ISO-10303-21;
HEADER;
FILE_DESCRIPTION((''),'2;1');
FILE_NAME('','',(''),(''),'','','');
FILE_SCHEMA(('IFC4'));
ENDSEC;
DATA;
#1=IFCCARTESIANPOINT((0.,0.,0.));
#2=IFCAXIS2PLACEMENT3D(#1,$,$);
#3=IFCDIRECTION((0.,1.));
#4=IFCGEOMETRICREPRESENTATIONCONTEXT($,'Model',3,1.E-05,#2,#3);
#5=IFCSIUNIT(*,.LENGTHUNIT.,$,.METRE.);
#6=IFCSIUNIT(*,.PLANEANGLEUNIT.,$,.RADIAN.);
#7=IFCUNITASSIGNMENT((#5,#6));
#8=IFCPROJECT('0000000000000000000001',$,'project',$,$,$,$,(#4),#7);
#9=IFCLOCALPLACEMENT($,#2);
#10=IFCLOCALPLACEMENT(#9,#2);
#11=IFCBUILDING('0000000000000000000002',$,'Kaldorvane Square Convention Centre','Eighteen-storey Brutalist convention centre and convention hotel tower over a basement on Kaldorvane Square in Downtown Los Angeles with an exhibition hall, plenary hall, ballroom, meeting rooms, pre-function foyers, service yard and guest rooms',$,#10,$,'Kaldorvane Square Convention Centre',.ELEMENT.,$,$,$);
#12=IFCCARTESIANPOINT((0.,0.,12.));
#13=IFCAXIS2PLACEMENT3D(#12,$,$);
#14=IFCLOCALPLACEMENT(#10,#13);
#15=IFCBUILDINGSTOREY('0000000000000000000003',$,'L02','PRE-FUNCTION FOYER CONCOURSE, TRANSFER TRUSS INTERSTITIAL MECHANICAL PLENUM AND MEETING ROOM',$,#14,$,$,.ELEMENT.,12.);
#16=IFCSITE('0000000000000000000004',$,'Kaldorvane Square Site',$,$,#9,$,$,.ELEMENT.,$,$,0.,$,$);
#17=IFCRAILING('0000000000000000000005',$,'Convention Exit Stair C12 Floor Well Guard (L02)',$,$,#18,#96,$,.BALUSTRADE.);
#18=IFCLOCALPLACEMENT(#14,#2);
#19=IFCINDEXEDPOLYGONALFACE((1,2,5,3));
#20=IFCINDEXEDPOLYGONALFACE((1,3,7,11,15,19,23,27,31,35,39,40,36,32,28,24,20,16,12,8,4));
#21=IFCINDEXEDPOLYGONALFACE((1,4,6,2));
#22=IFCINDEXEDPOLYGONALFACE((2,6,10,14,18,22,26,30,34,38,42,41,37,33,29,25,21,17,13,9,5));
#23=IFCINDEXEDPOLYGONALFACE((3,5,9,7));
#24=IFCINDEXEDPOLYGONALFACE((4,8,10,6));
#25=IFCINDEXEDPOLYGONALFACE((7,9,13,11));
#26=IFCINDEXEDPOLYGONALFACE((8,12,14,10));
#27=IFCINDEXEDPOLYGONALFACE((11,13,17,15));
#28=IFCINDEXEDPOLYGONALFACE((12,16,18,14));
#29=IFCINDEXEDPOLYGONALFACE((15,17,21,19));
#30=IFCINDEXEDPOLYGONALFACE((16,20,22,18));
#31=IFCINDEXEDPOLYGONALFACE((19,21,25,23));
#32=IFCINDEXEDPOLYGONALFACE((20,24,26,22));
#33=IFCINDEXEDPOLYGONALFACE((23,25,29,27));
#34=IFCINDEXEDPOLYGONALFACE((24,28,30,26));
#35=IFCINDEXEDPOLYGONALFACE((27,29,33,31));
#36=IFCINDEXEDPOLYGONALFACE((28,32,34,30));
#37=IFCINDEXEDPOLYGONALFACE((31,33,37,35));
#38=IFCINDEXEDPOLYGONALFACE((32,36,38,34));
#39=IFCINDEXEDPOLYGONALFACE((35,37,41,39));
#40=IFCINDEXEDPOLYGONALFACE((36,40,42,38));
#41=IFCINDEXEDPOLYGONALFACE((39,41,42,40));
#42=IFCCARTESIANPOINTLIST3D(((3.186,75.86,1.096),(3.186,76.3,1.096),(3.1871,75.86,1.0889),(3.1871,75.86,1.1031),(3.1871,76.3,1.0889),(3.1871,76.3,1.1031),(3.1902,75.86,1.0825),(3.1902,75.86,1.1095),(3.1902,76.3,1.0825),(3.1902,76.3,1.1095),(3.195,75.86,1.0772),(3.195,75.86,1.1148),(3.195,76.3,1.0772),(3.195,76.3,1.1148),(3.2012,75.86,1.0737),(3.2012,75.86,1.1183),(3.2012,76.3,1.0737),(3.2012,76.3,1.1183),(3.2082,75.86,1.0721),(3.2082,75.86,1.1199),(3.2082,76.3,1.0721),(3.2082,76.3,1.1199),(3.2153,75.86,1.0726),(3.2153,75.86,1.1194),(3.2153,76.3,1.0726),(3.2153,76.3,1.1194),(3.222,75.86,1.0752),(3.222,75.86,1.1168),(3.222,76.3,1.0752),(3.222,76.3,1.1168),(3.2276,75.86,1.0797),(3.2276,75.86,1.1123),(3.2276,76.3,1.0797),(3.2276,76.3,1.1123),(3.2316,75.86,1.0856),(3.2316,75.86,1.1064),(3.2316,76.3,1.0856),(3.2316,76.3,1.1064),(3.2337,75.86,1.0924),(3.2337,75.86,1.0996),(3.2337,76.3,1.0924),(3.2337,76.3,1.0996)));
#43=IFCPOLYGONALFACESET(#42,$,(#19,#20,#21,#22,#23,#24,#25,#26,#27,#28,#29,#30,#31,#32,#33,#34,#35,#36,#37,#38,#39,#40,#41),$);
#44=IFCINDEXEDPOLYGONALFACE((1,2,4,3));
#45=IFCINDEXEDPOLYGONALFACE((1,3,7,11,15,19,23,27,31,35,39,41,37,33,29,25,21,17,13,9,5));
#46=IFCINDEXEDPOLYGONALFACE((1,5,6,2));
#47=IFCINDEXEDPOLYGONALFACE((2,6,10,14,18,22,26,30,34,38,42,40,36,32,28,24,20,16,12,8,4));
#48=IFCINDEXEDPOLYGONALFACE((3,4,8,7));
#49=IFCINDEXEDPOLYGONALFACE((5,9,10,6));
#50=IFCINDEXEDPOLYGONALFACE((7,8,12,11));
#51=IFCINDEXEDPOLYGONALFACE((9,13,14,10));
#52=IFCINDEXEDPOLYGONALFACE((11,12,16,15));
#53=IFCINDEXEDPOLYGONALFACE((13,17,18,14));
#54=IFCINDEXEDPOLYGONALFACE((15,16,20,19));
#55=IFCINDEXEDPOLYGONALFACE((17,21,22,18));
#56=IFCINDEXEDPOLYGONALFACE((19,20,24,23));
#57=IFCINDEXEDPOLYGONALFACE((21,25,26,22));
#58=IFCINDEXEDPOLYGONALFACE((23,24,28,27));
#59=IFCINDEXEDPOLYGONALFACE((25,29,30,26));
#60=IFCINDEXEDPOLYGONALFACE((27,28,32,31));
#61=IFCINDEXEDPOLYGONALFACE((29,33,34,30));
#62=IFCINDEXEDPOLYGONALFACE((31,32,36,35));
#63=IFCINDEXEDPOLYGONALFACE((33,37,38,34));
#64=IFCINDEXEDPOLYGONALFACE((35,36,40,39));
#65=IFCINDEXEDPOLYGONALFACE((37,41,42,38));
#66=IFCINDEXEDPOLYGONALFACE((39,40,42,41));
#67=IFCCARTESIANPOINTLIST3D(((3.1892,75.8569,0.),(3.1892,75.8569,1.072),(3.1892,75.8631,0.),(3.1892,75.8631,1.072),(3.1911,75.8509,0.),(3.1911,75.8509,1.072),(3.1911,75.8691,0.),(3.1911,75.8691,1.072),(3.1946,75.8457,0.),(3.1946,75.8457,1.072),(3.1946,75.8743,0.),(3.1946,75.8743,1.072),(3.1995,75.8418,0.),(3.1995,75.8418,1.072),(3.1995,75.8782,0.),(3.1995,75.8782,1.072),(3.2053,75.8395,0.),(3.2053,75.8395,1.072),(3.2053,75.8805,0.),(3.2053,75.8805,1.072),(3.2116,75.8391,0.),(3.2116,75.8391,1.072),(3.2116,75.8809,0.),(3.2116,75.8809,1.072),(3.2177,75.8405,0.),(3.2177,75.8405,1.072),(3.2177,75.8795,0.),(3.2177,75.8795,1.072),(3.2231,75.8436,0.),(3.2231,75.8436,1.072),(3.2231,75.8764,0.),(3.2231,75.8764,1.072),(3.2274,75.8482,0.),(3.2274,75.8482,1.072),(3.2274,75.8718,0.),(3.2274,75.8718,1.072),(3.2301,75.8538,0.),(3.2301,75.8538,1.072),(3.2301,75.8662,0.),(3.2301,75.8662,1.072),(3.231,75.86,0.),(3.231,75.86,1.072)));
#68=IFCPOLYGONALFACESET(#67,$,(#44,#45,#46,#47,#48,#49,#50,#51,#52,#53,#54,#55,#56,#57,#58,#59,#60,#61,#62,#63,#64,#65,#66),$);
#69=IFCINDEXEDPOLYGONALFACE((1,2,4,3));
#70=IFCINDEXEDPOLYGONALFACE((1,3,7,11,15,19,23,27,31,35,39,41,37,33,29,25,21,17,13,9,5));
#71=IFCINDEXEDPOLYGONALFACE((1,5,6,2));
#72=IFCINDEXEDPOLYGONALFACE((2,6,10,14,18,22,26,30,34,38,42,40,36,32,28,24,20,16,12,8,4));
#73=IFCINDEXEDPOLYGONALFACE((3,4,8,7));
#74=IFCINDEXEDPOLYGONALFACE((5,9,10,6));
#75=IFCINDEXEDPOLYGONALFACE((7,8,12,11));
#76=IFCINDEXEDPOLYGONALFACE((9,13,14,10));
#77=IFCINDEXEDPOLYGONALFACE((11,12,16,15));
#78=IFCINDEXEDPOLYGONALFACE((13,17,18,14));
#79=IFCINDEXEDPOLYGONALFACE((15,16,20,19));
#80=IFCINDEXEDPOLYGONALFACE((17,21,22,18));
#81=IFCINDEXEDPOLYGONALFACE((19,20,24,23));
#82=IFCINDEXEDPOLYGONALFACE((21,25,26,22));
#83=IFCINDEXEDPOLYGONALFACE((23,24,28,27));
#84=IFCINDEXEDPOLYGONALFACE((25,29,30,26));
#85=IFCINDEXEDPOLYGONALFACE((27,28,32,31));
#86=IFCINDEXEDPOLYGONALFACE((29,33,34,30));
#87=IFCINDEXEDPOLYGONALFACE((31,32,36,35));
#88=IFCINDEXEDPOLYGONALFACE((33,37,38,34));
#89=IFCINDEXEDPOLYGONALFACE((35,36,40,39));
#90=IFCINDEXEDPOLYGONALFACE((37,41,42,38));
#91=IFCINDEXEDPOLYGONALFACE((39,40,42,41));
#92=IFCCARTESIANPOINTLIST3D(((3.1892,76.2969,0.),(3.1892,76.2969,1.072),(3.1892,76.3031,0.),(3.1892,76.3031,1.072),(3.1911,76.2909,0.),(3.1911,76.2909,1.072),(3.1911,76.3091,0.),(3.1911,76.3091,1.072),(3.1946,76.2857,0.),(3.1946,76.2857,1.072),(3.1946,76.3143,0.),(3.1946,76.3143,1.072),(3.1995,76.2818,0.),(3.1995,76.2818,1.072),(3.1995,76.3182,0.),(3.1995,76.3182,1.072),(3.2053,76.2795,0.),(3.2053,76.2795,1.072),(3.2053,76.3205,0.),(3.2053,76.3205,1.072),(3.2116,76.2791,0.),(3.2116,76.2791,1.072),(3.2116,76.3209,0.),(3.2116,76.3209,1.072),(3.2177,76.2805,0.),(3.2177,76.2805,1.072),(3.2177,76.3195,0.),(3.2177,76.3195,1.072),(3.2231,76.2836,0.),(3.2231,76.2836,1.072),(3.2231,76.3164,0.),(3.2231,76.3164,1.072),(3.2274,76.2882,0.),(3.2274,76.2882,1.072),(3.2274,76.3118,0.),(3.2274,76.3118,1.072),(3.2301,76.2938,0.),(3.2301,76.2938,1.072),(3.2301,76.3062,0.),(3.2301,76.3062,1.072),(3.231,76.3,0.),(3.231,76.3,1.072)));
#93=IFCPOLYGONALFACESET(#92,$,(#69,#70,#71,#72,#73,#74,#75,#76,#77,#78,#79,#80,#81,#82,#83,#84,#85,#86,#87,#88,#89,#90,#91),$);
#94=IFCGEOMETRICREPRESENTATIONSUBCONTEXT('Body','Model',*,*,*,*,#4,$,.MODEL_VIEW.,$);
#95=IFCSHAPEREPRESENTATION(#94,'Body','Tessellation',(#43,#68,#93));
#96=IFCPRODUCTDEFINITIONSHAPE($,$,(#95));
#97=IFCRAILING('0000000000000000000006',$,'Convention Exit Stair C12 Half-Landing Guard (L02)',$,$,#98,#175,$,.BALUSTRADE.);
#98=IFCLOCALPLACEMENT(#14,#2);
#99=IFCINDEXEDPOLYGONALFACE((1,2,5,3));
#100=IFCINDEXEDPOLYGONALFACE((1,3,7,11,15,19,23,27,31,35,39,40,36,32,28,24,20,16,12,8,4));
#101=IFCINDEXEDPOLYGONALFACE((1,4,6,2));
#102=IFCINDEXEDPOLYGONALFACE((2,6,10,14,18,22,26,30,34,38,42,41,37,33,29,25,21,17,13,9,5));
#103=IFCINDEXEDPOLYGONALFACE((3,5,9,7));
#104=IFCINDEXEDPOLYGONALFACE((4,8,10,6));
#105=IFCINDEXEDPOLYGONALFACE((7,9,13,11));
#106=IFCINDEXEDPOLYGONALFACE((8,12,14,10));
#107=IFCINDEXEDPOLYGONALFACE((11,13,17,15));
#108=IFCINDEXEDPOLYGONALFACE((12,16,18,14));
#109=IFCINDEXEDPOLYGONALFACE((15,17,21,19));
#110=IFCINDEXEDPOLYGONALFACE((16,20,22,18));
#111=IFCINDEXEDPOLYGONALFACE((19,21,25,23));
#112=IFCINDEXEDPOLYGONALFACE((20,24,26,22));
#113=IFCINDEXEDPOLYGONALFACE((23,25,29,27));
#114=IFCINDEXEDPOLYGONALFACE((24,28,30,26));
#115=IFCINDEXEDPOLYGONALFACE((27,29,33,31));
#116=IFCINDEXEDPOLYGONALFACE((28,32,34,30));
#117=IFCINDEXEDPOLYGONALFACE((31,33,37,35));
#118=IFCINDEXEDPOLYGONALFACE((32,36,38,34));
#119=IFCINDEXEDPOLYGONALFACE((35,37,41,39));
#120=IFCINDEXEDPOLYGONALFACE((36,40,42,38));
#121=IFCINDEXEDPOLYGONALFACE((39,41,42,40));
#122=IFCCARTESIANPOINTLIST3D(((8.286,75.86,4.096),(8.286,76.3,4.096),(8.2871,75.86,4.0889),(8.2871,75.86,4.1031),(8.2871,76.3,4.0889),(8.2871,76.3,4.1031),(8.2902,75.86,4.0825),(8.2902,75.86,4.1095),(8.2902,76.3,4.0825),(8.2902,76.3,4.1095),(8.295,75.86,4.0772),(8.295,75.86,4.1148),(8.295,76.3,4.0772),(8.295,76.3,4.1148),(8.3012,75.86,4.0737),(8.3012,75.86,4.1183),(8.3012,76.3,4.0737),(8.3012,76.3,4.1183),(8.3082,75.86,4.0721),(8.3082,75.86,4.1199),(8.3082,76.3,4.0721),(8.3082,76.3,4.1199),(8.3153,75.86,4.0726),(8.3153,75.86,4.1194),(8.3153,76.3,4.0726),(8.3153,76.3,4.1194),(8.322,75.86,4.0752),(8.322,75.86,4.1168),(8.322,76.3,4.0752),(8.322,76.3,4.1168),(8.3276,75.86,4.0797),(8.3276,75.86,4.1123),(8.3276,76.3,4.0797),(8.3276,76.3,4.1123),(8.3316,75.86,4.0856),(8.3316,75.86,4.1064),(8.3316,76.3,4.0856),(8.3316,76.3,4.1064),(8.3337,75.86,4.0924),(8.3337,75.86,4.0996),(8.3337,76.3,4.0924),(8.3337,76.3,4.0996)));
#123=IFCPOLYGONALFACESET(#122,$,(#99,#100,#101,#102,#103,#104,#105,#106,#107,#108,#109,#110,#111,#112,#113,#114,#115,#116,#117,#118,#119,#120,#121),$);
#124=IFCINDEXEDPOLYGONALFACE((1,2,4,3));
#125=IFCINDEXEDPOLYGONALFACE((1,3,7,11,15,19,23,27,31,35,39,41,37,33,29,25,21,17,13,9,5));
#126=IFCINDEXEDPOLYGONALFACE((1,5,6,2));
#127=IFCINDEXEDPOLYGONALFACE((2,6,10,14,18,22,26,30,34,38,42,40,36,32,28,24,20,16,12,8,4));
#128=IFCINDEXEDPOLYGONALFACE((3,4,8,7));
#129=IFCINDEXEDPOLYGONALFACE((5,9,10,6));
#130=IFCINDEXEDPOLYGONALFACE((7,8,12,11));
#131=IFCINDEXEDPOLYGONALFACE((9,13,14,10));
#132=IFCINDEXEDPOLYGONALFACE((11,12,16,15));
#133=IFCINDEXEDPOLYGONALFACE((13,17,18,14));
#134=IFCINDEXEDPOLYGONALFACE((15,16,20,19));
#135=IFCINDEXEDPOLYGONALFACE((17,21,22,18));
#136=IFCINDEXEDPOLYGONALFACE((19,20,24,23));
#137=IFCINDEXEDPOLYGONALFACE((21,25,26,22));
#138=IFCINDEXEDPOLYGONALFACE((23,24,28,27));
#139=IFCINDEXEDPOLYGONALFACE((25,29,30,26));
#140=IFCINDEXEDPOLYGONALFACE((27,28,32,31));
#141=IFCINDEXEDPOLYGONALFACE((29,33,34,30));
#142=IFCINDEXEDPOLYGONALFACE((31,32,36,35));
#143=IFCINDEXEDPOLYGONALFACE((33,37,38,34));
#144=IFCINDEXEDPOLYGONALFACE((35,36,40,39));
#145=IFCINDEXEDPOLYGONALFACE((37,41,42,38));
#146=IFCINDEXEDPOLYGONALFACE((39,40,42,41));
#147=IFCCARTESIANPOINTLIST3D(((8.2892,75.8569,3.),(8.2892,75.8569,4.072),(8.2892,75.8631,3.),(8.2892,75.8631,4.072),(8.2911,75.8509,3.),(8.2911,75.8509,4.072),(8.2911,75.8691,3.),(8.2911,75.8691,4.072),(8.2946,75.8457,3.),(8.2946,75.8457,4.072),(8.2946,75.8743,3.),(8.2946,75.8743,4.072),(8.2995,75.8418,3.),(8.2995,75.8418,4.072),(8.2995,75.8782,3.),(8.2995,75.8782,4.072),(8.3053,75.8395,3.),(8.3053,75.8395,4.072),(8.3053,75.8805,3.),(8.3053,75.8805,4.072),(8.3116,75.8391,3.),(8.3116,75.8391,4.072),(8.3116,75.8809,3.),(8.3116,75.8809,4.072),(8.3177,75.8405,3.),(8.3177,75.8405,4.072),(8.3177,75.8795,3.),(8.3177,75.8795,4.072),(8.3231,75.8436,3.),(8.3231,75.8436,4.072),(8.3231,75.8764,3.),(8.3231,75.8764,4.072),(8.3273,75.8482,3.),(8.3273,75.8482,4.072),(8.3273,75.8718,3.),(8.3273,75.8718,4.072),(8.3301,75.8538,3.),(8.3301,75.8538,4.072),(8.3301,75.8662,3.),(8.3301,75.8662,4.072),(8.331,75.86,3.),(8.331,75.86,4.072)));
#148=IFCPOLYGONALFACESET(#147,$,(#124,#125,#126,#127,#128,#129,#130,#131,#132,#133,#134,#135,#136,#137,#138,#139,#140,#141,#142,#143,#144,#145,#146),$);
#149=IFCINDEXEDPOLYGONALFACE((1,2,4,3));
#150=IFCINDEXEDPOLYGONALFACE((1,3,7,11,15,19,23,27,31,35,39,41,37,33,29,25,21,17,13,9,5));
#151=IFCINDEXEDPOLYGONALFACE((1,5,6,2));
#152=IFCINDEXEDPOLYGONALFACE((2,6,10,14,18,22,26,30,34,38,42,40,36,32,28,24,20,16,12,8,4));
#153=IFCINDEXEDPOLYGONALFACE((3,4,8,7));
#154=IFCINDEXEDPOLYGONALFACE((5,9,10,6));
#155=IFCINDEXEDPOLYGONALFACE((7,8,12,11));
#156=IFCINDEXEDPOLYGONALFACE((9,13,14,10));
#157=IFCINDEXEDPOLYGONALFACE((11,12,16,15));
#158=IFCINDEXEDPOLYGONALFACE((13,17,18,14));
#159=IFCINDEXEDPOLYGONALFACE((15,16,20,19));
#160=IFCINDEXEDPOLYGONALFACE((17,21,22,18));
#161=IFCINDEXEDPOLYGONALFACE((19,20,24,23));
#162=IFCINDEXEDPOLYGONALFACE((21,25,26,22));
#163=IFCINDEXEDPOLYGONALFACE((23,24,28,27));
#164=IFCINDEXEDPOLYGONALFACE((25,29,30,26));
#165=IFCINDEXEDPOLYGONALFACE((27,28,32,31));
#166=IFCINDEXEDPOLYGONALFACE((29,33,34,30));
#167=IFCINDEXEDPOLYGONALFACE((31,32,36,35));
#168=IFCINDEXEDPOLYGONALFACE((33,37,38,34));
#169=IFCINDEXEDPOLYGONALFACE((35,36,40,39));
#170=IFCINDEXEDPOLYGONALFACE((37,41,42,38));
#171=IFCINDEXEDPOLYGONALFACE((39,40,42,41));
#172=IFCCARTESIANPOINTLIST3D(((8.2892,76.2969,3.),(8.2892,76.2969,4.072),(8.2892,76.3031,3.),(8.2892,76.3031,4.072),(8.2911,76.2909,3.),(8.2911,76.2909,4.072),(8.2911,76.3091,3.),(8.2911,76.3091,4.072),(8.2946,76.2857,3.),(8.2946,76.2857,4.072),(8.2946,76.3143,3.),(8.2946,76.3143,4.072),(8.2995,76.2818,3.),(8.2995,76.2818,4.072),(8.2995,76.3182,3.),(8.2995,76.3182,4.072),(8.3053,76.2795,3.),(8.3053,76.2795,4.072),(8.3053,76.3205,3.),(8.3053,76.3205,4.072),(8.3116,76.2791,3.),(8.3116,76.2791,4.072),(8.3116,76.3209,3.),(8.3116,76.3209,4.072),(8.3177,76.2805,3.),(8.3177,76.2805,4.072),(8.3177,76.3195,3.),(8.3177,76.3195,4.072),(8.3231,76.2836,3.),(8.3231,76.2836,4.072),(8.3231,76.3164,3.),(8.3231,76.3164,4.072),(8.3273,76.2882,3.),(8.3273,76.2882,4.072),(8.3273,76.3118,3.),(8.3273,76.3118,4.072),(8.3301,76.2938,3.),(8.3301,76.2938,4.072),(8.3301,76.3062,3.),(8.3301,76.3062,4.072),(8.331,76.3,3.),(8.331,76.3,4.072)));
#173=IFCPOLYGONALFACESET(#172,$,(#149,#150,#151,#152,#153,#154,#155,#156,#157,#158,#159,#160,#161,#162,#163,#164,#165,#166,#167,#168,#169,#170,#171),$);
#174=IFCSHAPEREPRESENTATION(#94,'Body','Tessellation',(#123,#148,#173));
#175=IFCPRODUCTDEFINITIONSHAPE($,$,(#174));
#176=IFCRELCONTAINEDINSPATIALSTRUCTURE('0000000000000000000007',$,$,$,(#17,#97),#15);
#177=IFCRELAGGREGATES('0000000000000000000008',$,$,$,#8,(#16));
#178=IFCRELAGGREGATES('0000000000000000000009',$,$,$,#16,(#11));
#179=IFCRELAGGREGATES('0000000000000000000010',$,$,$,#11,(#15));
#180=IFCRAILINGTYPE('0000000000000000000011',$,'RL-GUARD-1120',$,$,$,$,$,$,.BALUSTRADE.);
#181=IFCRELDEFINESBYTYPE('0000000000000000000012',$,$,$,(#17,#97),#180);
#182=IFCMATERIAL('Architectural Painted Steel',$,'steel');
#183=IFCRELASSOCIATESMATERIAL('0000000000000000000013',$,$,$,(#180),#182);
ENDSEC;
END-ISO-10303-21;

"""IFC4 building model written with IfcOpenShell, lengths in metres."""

from ifc_helpers import new_model, si_unit, direction, frame, origin, origin_2d, place, context, subcontext, project, spatial, circle, extrude, material, type_object, element, save


model = new_model("IFC4")

# Units and contexts
model_context = context("Model", 3, precision=1e-05, world=origin(), true_north=direction((0.0, 1.0)))
body_context = subcontext(model_context, "Body", "Model", "MODEL_VIEW")
ifc_project = project(units=[si_unit("LENGTHUNIT", "METRE"), si_unit("PLANEANGLEUNIT", "RADIAN")], contexts=[model_context])

# Site, building, storey
site_placement = place(None, origin())
site = spatial("IfcSite", under=ifc_project, at=site_placement, Name="Kaldorvane Square Site", CompositionType="ELEMENT", RefElevation=0.0)
building_placement = place(site_placement, origin())
building = spatial("IfcBuilding", under=site, at=building_placement, Name="Kaldorvane Square Convention Centre", Description="Eighteen-storey Brutalist convention centre and convention hotel tower over a basement on Kaldorvane Square in Downtown Los Angeles with an exhibition hall, plenary hall, ballroom, meeting rooms, pre-function foyers, service yard and guest rooms", LongName="Kaldorvane Square Convention Centre", CompositionType="ELEMENT")
storey_placement = place(building_placement, frame((0.0, 0.0, 12.0)))
storey = spatial("IfcBuildingStorey", under=building, at=storey_placement, Name="L02", Description="PRE-FUNCTION FOYER CONCOURSE, TRANSFER TRUSS INTERSTITIAL MECHANICAL PLENUM AND MEETING ROOM", CompositionType="ELEMENT", Elevation=12.0)

# Railings
ifc_material_1 = material(Name="Architectural Painted Steel", Category="steel")
railing_type_1 = type_object("IfcRailingType", Name="RL-GUARD-1120", PredefinedType="BALUSTRADE", material=ifc_material_1)
for number, where, name in (
    (1, (3.21, 75.86, 0.0), "Convention Exit Stair C12 Floor Well Guard (L02)"),
    (2, (8.31, 75.86, 3.0), "Convention Exit Stair C12 Half-Landing Guard (L02)"),
):
    element("IfcRailing", number, at=place(storey_placement, frame(where)), inside=storey, type_object=railing_type_1, Name=name, PredefinedType="BALUSTRADE", context=body_context, shape_type="SweptSolid", body=[
        extrude(circle(Radius=0.024, at=origin_2d()), frame((0.0, 0.0, 1.096), z_axis=(0.0, 1.0, 0.0), x_axis=(-1.0, 0.0, 0.0)), (0.0, 0.0, 1.0), 0.44),
        extrude(circle(Radius=0.021, at=origin_2d()), origin(), (0.0, 0.0, 1.0), 1.072),
        extrude(circle(Radius=0.021, at=origin_2d()), frame((0.0, 0.44, 0.0)), (0.0, 0.0, 1.0), 1.072),
    ])

save(model, "model.ifc")
